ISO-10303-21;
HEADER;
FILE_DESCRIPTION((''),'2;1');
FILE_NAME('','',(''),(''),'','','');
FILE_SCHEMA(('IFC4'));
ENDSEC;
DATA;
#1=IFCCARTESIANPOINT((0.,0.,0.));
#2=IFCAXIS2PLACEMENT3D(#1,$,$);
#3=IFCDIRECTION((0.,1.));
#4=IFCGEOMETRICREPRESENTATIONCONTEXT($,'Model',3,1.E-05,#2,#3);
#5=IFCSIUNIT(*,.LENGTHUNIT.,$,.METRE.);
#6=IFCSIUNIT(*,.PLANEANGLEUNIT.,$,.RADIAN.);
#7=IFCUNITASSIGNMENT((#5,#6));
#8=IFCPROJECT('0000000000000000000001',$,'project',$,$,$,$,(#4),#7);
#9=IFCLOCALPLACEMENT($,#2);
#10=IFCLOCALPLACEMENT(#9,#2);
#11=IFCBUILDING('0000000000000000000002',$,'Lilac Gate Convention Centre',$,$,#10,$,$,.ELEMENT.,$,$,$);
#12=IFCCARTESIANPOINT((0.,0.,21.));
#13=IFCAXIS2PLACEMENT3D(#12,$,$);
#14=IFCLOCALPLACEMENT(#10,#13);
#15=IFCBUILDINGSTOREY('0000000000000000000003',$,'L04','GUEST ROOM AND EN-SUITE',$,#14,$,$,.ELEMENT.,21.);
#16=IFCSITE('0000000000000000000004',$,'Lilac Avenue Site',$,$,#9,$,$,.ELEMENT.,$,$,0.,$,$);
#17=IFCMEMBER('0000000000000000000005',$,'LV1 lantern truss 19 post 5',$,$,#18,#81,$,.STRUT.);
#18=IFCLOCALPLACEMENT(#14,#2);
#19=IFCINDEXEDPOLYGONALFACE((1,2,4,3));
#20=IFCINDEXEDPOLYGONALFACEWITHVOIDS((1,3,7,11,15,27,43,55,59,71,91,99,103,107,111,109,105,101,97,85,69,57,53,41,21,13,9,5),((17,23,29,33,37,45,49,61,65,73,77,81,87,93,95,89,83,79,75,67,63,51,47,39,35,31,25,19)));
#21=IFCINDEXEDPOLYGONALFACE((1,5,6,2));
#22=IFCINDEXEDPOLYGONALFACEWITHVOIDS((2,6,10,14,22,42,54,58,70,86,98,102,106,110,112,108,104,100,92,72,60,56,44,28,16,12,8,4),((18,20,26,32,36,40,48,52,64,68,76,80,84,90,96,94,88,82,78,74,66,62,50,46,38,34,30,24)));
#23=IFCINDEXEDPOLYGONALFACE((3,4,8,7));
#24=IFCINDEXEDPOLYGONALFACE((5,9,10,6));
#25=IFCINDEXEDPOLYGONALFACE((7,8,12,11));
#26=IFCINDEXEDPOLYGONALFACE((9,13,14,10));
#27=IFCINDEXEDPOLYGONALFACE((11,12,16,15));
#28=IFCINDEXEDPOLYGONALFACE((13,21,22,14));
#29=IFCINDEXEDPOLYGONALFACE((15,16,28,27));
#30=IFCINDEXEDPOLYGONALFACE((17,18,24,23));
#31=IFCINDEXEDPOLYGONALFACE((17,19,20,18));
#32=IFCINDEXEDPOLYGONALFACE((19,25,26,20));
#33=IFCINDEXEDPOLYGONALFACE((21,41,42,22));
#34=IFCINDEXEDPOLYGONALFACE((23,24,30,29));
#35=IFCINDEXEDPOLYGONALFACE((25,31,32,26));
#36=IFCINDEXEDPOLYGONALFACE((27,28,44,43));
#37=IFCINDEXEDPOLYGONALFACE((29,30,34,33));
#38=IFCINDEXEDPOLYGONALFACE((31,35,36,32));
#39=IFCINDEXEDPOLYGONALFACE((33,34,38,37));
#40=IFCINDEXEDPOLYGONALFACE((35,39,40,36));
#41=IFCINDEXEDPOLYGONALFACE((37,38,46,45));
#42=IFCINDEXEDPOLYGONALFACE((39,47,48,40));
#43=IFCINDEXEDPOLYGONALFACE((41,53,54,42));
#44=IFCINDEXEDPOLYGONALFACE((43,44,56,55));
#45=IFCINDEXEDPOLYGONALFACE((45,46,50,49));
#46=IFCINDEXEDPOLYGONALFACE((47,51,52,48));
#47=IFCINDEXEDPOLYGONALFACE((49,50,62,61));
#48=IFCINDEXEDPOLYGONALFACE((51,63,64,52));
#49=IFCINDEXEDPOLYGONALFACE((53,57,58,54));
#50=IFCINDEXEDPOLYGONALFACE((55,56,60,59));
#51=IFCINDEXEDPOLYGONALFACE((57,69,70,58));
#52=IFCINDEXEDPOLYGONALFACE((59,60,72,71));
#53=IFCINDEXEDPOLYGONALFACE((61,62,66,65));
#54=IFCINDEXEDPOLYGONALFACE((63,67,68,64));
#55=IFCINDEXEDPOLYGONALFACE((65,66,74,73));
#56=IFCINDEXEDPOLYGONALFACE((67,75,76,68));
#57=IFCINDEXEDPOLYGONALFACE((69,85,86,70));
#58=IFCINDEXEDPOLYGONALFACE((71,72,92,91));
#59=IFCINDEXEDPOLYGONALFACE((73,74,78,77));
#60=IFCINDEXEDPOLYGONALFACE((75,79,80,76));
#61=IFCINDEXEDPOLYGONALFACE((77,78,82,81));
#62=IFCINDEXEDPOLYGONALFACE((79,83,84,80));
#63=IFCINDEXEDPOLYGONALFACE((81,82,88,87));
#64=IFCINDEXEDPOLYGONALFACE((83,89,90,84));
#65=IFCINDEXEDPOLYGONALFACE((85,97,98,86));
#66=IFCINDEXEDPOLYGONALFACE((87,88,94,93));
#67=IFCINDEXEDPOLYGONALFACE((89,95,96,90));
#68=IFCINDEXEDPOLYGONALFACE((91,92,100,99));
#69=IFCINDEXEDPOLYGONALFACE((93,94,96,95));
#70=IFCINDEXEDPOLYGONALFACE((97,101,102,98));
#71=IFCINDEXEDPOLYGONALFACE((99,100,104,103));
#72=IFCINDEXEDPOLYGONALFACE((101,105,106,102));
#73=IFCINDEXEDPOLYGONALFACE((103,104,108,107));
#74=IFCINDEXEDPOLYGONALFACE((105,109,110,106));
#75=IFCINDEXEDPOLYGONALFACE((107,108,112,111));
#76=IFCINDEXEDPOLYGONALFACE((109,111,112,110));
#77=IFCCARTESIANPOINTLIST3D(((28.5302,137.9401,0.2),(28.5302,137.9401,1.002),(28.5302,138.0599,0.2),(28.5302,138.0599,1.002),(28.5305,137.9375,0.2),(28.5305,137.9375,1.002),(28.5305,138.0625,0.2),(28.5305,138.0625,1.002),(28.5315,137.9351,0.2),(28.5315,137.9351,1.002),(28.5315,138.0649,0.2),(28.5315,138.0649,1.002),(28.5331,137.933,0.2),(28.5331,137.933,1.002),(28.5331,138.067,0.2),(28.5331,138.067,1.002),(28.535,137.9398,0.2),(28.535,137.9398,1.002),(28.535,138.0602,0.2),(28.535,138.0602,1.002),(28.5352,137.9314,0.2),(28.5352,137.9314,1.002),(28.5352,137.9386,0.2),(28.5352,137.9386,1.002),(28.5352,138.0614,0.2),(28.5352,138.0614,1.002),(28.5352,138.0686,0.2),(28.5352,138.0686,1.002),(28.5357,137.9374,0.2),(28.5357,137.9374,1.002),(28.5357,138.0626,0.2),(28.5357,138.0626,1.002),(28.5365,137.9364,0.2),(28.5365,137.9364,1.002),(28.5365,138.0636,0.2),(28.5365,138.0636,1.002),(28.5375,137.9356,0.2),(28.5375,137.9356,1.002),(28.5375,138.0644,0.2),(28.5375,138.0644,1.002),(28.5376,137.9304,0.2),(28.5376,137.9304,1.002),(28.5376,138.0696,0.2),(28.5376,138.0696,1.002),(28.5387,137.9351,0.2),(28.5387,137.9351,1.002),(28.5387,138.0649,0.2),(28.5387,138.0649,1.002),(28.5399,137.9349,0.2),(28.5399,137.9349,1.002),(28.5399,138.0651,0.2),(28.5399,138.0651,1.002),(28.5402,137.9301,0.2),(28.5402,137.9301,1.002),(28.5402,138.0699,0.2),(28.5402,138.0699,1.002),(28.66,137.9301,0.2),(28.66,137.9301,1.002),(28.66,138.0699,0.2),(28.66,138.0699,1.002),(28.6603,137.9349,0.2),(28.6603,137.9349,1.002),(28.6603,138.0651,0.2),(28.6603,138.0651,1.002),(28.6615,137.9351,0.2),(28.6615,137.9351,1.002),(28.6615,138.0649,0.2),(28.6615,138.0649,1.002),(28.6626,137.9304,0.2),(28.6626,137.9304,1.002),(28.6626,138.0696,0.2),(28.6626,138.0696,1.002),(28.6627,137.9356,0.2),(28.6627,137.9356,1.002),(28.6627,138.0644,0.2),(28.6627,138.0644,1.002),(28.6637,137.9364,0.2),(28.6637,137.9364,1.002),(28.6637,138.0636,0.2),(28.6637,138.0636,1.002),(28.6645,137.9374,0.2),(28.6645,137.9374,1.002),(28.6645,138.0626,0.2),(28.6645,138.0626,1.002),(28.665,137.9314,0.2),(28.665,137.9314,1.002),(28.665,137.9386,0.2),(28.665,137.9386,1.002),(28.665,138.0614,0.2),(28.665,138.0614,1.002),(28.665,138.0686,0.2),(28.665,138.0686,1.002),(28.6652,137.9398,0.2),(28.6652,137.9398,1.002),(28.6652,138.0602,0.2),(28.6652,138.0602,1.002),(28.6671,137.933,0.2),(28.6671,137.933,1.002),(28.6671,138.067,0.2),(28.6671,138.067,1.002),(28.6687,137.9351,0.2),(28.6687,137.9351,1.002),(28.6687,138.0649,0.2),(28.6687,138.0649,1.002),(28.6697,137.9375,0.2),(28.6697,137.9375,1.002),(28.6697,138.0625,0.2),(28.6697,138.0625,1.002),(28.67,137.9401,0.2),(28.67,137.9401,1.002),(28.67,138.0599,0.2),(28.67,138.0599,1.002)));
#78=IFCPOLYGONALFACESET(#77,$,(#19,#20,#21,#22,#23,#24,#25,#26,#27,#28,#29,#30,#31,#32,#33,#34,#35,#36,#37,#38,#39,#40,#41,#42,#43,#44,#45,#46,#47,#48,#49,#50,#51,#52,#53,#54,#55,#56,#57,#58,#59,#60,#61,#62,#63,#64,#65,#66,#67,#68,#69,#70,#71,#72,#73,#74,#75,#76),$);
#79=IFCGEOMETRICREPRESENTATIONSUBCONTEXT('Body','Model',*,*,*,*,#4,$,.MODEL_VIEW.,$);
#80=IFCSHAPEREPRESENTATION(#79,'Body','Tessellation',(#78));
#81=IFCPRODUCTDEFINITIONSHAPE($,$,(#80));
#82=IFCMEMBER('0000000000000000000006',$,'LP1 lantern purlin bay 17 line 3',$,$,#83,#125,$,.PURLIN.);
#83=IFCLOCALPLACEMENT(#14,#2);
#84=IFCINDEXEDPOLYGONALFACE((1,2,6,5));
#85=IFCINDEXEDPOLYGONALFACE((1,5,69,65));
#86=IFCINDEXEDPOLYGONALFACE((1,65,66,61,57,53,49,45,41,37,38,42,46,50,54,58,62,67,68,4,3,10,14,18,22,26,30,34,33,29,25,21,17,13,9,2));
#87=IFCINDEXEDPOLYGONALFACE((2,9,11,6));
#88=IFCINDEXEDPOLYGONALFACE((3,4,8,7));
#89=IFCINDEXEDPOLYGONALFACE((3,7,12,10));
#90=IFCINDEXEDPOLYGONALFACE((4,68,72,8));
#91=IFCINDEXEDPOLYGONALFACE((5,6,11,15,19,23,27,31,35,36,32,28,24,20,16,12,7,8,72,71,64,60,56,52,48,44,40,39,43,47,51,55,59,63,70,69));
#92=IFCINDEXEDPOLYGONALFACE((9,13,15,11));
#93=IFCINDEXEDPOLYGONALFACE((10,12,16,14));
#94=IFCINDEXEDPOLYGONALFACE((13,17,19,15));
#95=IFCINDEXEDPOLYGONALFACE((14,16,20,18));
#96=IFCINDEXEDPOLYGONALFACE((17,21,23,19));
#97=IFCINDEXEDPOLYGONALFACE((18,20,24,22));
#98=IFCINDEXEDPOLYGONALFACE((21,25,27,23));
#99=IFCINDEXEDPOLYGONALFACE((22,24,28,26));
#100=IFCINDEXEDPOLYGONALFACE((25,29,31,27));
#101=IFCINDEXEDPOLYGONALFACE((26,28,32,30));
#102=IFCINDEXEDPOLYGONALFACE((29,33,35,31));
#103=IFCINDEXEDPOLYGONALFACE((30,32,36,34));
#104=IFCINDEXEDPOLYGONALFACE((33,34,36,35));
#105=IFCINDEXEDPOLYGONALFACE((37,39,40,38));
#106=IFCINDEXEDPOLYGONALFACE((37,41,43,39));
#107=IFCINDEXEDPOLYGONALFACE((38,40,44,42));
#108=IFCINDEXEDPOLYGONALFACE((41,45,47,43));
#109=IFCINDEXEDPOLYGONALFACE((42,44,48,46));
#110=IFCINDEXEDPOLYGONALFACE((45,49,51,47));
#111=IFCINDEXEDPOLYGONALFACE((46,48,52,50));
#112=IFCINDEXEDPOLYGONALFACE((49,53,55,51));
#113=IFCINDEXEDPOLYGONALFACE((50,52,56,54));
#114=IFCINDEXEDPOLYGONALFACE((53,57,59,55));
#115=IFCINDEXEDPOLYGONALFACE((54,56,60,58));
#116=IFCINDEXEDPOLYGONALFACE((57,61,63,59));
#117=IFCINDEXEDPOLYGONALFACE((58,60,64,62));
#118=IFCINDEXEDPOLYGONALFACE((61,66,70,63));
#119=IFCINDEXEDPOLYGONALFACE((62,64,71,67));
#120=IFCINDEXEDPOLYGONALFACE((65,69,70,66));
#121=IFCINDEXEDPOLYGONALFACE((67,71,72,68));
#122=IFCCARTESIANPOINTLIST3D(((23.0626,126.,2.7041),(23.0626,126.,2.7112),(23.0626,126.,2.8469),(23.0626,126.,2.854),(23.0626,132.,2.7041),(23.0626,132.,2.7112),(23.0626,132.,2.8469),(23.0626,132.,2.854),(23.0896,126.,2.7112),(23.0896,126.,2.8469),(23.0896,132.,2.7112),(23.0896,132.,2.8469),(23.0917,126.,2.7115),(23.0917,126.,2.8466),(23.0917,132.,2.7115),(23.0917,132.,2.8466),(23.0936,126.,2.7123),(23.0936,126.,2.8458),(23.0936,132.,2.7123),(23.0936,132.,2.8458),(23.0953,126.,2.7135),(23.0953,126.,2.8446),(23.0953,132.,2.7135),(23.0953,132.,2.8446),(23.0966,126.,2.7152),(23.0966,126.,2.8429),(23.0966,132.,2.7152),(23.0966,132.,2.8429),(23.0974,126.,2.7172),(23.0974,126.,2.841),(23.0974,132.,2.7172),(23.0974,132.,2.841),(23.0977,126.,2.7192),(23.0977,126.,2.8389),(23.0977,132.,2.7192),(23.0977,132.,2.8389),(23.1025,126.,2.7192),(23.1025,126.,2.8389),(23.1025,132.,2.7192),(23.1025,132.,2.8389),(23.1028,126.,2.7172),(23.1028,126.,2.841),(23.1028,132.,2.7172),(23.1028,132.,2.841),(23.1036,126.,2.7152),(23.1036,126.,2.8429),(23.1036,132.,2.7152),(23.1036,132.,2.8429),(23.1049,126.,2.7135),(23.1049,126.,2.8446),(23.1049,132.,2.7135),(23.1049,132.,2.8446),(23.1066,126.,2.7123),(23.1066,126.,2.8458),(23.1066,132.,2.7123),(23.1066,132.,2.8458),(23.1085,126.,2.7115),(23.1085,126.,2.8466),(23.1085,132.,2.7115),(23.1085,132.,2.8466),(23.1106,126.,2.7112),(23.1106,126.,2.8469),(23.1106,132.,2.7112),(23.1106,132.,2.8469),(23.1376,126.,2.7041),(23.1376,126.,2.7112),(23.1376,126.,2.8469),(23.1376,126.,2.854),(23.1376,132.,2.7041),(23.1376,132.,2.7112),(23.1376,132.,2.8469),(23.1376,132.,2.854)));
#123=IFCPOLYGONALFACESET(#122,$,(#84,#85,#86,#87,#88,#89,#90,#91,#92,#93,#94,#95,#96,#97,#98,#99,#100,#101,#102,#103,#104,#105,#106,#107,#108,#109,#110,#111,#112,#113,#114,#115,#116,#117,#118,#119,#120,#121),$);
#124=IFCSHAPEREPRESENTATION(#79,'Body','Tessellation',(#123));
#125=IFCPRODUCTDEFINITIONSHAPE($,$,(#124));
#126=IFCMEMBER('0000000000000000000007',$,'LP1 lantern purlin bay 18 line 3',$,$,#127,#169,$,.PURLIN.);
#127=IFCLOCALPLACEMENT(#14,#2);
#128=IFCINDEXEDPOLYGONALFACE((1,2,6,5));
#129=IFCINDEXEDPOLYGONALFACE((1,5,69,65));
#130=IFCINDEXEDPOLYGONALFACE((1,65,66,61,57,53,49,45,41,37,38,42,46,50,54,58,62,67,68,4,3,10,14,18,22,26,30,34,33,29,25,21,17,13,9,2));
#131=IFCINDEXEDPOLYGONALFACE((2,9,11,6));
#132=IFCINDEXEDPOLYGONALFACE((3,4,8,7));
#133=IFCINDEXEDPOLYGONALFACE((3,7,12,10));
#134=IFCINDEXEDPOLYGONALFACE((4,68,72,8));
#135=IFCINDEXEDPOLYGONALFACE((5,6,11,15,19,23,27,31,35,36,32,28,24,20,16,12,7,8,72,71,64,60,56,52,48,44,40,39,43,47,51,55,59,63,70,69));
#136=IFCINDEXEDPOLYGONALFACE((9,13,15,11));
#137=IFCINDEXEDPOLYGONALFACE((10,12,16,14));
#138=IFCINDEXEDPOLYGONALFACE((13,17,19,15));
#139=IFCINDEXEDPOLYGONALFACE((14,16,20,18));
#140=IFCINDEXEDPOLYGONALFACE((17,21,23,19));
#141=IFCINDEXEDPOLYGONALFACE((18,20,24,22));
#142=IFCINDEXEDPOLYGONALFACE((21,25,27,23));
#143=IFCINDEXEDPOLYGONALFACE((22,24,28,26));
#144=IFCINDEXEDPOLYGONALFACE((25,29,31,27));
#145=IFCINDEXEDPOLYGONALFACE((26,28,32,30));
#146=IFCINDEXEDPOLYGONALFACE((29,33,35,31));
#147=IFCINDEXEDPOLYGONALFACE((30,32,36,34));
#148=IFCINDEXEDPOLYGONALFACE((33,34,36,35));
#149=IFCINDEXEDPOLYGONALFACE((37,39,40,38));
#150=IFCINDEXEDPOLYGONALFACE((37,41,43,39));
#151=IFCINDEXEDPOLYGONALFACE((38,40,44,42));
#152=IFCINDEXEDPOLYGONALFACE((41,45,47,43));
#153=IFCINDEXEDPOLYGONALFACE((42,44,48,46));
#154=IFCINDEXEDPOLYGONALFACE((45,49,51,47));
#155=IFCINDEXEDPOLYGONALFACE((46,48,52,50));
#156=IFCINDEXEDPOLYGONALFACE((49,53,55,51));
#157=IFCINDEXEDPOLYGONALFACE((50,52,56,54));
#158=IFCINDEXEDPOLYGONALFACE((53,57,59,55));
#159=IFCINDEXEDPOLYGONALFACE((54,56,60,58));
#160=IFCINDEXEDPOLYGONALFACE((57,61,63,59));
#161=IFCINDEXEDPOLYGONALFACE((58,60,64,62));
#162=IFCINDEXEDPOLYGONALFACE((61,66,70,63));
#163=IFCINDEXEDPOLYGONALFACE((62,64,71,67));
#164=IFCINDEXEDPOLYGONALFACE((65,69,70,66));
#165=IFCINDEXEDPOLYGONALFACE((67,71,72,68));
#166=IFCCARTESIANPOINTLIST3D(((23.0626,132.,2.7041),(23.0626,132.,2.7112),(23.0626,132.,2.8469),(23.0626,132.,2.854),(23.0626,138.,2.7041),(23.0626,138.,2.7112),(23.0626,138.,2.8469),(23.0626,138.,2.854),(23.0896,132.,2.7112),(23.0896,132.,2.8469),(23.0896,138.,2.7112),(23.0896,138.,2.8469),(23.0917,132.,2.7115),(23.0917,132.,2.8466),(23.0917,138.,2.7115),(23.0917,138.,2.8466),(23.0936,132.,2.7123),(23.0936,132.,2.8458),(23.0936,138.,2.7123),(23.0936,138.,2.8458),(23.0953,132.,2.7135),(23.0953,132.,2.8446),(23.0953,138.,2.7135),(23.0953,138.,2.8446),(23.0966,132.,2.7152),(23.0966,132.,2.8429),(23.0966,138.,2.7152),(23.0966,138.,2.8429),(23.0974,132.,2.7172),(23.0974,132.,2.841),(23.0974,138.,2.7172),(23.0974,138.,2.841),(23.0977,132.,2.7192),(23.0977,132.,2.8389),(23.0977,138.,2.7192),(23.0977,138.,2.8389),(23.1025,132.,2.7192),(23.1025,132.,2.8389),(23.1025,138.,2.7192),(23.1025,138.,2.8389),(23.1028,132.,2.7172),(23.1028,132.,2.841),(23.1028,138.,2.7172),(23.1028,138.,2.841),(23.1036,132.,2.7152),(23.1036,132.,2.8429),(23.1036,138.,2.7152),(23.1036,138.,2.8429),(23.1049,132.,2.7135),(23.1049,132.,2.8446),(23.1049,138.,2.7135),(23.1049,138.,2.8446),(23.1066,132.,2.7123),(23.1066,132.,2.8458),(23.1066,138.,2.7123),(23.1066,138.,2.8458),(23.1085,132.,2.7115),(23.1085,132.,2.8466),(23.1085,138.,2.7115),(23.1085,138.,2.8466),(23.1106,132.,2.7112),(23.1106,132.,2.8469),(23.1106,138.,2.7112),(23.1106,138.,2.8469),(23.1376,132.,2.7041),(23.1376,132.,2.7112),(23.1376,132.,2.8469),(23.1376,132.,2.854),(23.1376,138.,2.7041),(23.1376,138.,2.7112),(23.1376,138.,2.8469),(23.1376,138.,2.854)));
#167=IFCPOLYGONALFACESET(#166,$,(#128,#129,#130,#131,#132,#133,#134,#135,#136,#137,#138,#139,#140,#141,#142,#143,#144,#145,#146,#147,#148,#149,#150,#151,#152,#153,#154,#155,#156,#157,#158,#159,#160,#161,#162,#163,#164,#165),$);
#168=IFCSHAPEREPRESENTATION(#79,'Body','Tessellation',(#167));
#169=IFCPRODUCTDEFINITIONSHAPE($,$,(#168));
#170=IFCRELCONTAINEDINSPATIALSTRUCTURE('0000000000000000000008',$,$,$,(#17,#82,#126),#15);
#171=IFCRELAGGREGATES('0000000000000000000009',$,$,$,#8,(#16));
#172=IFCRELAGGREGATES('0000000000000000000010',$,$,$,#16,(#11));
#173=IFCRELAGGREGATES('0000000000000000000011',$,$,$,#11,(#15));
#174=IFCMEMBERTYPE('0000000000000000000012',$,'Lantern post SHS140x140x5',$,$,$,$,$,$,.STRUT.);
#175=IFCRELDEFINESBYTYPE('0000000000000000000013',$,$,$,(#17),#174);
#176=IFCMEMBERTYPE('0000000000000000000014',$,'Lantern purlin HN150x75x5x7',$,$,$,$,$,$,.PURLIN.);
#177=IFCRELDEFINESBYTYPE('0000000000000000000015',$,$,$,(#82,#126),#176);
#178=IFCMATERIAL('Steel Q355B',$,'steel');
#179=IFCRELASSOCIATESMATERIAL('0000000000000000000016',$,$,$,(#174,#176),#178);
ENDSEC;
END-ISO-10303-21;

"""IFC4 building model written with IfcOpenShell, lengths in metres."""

from ifc_helpers import new_model, si_unit, direction, frame, origin, origin_2d, place, context, subcontext, project, spatial, hollow_rectangle, i_section, extrude, material, material_profile, profile_set, type_object, element, save


model = new_model("IFC4")

# Units and contexts
model_context = context("Model", 3, precision=1e-05, world=origin(), true_north=direction((0.0, 1.0)))
body_context = subcontext(model_context, "Body", "Model", "MODEL_VIEW")
ifc_project = project(units=[si_unit("LENGTHUNIT", "METRE"), si_unit("PLANEANGLEUNIT", "RADIAN")], contexts=[model_context])

# Site, building, storey
site_placement = place(None, origin())
site = spatial("IfcSite", under=ifc_project, at=site_placement, Name="Lilac Avenue Site", CompositionType="ELEMENT", RefElevation=0.0)
building_placement = place(site_placement, origin())
building = spatial("IfcBuilding", under=site, at=building_placement, Name="Lilac Gate Convention Centre", CompositionType="ELEMENT")
storey_placement = place(building_placement, frame((0.0, 0.0, 21.0)))
storey = spatial("IfcBuildingStorey", under=building, at=storey_placement, Name="L04", Description="GUEST ROOM AND EN-SUITE", CompositionType="ELEMENT", Elevation=21.0)

# Members
ifc_material_1 = material(Name="Steel Q355B", Category="steel")
ifc_material_profile_1 = material_profile(ifc_material_1, hollow_rectangle(XDim=0.1399, YDim=0.1399, WallThickness=0.0049, InnerFilletRadius=0.0049, OuterFilletRadius=0.01, at=origin_2d()), Name="SHS140x140x5")
ifc_profile_set_1 = profile_set([ifc_material_profile_1], Name="Steel Q355B")
member_type_1 = type_object("IfcMemberType", Name="Lantern post SHS140x140x5", PredefinedType="STRUT", material=ifc_profile_set_1)
member_1_placement = place(storey_placement, frame((28.6001, 138.0, 0.2), z_axis=(0.0, 0.0, 1.0), x_axis=(1.0, 0.0, 0.0)))
element("IfcMember", 1, at=member_1_placement, inside=storey, type_object=member_type_1, Name="LV1 lantern truss 19 post 5", PredefinedType="STRUT", context=body_context, shape_type="SweptSolid", body=[
    extrude(hollow_rectangle(XDim=0.1399, YDim=0.1399, WallThickness=0.0049, InnerFilletRadius=0.0049, OuterFilletRadius=0.01, at=origin_2d()), origin(), (0.0, 0.0, 1.0), 0.802),
])
ifc_material_profile_2 = material_profile(ifc_material_1, i_section(OverallWidth=0.075, OverallDepth=0.1499, WebThickness=0.0049, FlangeThickness=0.0071, FilletRadius=0.0081, at=origin_2d()), Name="HN150x75x5x7")
ifc_profile_set_2 = profile_set([ifc_material_profile_2], Name="Steel Q355B")
member_type_2 = type_object("IfcMemberType", Name="Lantern purlin HN150x75x5x7", PredefinedType="PURLIN", material=ifc_profile_set_2)
for number, where, z_axis, x_axis, name in (
    (2, (23.1001, 126.0, 2.7791), (0.0, 1.0, 0.0), (-1.0, 0.0, 0.0), "LP1 lantern purlin bay 17 line 3"),
    (3, (23.1001, 132.0, 2.7791), (0.0, 1.0, 0.0), (-1.0, 0.0, 0.0), "LP1 lantern purlin bay 18 line 3"),
):
    element("IfcMember", number, at=place(storey_placement, frame(where, z_axis=z_axis, x_axis=x_axis)), inside=storey, type_object=member_type_2, Name=name, PredefinedType="PURLIN", context=body_context, shape_type="SweptSolid", body=[
        extrude(i_section(OverallWidth=0.075, OverallDepth=0.1499, WebThickness=0.0049, FlangeThickness=0.0071, FilletRadius=0.0081, at=origin_2d()), origin(), (0.0, 0.0, 1.0), 6.0),
    ])

save(model, "model.ifc")
